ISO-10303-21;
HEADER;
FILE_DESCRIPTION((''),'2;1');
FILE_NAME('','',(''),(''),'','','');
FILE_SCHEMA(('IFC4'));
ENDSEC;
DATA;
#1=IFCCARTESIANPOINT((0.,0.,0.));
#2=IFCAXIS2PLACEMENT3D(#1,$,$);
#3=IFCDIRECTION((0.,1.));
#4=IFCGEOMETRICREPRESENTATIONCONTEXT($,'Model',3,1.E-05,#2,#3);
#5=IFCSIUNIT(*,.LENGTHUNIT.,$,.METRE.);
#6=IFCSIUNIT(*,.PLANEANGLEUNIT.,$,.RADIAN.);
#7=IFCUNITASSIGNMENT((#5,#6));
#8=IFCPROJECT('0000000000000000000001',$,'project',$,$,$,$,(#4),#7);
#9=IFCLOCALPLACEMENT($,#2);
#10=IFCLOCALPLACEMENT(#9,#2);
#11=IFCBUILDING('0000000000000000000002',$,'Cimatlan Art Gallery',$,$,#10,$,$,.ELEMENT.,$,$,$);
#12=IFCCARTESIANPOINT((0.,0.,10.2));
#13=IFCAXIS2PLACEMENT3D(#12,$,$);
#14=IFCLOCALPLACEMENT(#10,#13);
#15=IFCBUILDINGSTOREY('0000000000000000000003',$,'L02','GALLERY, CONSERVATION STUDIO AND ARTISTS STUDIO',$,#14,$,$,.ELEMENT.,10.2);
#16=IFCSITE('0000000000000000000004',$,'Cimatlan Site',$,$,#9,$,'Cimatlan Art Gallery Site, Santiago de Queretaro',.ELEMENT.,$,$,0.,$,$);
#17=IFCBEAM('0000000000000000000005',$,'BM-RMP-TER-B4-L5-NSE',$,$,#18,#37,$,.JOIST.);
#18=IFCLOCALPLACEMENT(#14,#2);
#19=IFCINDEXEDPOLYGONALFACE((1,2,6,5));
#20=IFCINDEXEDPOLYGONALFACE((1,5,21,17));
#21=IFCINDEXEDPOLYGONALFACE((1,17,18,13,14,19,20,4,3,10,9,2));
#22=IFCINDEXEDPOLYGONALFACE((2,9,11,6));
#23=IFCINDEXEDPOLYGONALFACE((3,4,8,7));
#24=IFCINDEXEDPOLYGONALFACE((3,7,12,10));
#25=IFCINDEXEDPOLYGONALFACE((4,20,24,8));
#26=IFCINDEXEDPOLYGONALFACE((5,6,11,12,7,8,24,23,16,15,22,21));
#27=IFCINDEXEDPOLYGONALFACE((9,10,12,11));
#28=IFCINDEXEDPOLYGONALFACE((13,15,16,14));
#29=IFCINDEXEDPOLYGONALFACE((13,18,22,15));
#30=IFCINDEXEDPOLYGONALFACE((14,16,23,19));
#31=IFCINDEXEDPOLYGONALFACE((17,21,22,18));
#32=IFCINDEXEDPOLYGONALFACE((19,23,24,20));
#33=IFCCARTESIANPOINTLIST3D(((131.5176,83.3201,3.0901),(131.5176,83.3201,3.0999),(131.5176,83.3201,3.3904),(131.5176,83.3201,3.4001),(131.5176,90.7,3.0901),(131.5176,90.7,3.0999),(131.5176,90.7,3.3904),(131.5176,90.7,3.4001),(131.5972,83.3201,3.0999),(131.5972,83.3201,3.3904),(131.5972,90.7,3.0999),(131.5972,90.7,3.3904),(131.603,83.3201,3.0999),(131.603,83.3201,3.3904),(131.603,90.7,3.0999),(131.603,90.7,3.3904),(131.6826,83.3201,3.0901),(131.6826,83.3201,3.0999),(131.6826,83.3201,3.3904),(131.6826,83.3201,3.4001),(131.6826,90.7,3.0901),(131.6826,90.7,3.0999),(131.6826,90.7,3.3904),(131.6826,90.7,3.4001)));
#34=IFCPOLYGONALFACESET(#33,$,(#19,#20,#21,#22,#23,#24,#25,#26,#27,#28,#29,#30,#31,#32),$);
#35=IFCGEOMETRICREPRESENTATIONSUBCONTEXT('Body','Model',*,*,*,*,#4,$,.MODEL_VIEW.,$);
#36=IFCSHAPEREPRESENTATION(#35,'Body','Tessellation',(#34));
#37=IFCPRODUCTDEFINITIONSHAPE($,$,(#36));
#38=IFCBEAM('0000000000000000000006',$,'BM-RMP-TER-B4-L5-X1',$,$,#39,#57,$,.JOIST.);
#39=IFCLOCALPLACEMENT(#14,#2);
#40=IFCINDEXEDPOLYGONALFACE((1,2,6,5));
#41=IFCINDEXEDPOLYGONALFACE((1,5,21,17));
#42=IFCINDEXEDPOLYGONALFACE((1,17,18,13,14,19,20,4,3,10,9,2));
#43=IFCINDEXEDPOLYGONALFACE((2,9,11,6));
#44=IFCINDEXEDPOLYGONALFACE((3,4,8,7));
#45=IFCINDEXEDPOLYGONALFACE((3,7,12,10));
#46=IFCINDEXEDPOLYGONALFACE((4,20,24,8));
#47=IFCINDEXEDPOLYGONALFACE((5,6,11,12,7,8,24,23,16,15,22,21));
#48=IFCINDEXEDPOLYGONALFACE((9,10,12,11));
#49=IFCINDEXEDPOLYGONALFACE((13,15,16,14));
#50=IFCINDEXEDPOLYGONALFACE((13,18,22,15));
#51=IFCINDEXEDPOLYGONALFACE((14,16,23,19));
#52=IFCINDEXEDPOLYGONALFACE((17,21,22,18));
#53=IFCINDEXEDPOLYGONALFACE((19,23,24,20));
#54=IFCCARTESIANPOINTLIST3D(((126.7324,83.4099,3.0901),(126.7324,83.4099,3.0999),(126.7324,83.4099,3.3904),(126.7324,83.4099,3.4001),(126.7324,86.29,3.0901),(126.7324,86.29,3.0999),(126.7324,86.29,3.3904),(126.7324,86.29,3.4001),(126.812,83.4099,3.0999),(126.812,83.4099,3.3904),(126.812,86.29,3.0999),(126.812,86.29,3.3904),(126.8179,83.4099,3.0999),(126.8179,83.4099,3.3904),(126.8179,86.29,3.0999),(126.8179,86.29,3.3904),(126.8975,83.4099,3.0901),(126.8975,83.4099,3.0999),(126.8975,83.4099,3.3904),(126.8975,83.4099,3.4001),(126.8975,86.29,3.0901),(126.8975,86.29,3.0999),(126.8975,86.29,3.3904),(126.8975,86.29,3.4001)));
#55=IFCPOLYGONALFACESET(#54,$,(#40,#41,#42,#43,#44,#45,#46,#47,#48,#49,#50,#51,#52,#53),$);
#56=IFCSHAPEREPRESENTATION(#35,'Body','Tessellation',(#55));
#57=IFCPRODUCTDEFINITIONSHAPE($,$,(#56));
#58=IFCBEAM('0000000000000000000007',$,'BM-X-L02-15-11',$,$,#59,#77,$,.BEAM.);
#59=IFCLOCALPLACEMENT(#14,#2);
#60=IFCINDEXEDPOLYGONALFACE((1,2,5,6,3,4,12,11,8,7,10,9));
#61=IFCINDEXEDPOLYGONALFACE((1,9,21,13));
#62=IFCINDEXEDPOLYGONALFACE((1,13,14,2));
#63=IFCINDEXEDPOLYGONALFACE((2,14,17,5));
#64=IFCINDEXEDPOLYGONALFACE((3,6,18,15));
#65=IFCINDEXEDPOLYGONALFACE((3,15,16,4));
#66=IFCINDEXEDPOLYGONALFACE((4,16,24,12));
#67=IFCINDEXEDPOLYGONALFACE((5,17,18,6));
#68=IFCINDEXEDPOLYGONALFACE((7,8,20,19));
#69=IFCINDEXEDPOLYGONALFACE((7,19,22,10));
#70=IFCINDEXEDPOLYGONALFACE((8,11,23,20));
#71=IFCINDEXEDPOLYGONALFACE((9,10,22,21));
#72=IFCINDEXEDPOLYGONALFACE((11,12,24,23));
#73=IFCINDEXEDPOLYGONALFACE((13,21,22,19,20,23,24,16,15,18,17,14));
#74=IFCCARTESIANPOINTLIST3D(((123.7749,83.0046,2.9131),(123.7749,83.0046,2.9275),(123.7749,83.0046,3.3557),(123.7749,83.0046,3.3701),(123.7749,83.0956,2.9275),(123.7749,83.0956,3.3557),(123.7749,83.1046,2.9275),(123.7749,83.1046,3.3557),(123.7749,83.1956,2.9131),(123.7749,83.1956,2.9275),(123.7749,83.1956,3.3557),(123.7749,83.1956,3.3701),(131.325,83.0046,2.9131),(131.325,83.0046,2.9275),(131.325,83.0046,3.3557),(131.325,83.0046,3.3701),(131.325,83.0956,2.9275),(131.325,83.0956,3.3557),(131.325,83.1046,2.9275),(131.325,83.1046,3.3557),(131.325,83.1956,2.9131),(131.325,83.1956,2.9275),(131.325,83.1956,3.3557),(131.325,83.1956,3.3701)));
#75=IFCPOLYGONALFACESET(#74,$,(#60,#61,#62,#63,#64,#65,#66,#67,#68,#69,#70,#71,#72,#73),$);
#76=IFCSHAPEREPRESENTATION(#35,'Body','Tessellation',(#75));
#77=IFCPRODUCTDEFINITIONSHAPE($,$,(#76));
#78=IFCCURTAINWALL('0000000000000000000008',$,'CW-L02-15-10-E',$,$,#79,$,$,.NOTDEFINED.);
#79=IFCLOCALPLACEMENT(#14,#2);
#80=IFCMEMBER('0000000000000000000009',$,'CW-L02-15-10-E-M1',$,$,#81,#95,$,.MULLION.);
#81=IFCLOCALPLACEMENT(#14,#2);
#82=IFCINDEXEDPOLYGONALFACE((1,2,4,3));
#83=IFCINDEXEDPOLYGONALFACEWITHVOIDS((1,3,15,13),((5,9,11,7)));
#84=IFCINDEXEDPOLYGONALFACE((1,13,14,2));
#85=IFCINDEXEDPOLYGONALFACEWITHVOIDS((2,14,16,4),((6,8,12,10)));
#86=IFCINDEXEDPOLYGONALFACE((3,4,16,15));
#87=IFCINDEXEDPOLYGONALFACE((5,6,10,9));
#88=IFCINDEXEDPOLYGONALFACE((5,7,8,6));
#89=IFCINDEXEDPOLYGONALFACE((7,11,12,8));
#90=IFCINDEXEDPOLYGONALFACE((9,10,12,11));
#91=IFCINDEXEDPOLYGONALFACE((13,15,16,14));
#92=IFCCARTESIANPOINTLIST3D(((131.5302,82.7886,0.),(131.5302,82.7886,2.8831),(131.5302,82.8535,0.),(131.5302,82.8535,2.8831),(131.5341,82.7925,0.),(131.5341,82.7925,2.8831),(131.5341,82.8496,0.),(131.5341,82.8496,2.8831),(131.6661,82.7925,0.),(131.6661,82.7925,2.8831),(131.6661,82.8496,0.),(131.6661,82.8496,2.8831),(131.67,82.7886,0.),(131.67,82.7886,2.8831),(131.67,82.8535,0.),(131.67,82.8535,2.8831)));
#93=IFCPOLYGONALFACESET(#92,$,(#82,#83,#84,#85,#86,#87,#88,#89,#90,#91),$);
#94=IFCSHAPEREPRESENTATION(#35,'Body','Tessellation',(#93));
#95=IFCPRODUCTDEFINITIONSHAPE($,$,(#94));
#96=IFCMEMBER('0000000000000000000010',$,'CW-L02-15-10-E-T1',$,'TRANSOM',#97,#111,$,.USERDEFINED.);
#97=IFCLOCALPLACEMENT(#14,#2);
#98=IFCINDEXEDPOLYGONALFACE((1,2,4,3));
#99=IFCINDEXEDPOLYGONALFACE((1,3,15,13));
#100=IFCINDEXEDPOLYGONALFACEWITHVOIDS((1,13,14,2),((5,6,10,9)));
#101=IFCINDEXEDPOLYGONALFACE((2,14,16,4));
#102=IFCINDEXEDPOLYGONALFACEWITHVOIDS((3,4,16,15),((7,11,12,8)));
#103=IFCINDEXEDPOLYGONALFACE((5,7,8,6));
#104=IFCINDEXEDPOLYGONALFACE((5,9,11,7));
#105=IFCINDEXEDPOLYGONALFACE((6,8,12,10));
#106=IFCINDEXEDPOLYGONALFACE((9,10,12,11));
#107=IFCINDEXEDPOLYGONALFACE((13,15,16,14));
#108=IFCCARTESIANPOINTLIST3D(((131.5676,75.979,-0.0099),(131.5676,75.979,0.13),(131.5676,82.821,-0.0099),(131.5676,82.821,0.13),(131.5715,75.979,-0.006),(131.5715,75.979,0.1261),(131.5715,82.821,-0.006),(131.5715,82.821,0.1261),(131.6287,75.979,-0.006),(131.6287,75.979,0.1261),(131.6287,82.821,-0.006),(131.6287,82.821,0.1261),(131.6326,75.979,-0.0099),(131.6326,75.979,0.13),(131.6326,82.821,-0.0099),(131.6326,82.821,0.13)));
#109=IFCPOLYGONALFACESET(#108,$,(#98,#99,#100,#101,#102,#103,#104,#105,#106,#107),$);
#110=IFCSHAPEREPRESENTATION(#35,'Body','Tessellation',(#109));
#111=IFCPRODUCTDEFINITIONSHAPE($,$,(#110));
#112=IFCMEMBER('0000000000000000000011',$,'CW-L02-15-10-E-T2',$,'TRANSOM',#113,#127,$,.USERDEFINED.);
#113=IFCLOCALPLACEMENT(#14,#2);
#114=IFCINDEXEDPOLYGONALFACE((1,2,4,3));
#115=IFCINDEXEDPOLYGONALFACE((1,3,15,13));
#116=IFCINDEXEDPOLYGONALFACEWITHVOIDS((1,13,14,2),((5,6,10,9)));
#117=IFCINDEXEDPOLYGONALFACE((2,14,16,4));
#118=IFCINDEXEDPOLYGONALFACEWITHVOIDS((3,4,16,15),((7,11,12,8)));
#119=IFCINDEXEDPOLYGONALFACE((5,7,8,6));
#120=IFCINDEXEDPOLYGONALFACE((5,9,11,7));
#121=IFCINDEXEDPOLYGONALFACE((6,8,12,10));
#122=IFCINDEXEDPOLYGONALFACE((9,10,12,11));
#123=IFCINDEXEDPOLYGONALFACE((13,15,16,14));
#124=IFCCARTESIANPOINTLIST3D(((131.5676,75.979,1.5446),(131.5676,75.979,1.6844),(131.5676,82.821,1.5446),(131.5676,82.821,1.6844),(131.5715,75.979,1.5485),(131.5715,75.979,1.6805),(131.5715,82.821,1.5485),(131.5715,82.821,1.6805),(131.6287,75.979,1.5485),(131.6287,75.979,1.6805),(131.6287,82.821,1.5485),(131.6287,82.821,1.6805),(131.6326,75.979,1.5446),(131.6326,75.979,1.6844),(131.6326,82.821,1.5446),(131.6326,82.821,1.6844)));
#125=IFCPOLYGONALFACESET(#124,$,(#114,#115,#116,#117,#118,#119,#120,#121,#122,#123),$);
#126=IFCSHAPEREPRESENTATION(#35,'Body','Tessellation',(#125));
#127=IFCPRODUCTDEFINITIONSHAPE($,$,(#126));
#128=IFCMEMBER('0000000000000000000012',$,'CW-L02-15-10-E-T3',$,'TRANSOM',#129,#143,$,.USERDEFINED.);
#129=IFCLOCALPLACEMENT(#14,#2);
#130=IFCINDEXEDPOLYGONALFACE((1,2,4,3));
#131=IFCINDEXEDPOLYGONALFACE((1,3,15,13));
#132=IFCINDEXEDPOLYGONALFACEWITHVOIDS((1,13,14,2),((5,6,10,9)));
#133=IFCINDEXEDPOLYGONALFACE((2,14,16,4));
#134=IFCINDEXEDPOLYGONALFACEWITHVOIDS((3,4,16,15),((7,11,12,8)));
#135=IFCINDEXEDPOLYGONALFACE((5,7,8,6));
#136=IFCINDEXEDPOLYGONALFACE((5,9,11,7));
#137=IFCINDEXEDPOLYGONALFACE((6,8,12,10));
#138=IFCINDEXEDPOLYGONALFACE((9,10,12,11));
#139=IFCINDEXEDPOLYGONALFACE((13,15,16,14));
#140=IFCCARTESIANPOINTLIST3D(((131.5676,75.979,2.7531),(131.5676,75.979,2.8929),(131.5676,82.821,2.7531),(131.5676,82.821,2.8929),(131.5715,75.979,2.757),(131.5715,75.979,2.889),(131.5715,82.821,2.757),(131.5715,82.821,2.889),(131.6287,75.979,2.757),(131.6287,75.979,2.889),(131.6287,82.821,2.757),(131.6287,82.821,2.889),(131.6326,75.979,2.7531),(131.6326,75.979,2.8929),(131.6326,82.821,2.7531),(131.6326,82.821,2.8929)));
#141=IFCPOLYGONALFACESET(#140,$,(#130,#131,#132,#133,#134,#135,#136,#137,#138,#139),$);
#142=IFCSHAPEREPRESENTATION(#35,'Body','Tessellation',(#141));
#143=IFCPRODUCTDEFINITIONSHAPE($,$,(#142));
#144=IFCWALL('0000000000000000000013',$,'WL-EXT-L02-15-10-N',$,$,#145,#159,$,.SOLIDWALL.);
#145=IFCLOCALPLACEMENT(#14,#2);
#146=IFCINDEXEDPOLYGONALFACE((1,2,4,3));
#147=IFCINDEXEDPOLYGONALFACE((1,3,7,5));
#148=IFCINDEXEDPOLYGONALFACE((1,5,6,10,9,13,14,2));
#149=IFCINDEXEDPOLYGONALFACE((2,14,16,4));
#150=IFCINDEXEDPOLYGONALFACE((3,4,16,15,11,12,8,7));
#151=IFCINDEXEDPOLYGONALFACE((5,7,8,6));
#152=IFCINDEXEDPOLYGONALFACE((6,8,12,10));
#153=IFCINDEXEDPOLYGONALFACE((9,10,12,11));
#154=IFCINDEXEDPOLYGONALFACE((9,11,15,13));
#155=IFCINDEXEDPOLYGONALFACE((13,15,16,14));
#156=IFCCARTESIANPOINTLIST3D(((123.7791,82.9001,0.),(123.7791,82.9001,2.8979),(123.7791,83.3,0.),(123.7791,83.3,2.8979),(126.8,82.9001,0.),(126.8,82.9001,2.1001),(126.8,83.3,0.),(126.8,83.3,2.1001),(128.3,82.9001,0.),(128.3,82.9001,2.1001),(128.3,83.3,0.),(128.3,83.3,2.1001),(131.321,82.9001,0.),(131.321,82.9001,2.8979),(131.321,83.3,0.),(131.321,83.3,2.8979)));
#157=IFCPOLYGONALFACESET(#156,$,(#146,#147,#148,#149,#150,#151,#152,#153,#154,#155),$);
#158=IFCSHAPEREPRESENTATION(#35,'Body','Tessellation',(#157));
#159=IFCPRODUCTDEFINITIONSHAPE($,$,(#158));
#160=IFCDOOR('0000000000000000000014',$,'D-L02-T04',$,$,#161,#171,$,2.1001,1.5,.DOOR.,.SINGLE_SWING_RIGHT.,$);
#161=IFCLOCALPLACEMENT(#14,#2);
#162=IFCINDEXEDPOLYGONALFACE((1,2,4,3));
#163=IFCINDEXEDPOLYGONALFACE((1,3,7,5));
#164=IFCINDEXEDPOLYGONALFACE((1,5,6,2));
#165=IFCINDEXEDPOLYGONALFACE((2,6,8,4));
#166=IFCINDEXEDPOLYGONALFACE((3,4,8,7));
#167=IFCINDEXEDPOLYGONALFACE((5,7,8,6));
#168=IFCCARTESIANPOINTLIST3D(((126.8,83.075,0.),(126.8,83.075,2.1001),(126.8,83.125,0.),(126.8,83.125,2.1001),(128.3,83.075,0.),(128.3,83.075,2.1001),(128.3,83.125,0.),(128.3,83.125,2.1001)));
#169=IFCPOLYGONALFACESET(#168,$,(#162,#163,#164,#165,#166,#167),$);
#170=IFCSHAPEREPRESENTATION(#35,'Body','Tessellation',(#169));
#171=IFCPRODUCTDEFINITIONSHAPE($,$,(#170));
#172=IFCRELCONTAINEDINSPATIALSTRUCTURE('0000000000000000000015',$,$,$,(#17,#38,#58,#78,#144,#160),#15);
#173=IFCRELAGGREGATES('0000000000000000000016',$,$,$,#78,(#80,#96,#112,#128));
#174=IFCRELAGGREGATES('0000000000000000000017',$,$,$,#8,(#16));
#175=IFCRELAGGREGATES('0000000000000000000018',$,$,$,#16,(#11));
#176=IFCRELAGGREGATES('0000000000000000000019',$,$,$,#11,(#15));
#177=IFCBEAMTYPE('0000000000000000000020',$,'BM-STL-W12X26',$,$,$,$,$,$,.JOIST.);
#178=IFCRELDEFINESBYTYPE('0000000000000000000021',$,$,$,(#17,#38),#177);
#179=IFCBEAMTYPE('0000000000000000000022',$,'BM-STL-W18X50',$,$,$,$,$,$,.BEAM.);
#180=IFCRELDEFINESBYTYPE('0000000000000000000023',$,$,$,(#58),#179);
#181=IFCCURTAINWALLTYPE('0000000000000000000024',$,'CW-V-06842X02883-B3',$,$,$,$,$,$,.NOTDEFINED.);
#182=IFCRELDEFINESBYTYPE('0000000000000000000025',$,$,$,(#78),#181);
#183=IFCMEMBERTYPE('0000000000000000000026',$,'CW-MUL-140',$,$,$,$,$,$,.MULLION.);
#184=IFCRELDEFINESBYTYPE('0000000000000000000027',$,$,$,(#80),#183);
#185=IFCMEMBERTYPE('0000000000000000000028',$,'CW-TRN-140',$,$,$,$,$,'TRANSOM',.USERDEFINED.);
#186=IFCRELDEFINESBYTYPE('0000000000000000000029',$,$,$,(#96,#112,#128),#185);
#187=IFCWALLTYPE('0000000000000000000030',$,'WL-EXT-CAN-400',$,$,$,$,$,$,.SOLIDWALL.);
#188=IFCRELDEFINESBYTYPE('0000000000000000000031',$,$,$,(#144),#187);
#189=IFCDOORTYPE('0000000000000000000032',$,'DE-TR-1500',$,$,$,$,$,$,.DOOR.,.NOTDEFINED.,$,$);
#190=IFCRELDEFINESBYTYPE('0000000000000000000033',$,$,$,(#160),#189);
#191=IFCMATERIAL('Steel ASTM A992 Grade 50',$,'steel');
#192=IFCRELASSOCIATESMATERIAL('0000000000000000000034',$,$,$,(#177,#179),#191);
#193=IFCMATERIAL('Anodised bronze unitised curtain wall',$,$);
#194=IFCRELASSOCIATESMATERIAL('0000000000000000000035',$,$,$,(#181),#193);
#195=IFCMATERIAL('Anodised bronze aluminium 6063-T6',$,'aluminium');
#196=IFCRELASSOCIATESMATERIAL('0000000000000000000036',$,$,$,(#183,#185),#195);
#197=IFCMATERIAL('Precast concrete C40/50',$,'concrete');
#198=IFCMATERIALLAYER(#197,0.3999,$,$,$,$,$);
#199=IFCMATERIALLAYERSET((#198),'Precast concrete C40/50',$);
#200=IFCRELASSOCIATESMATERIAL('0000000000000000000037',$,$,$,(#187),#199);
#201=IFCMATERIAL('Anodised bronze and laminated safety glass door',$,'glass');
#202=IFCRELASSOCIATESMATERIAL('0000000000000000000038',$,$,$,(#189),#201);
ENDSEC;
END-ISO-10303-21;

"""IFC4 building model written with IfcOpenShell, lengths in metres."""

from ifc_helpers import new_model, si_unit, direction, frame, frame_2d, origin, origin_2d, place, context, subcontext, project, spatial, rectangle, hollow_rectangle, i_section, extrude, material, layer, layer_set, material_profile, profile_set, type_object, element, fill, aggregate, save


model = new_model("IFC4")

# Units and contexts
model_context = context("Model", 3, precision=1e-05, world=origin(), true_north=direction((0.0, 1.0)))
body_context = subcontext(model_context, "Body", "Model", "MODEL_VIEW")
ifc_project = project(units=[si_unit("LENGTHUNIT", "METRE"), si_unit("PLANEANGLEUNIT", "RADIAN")], contexts=[model_context])

# Site, building, storey
site_placement = place(None, origin())
site = spatial("IfcSite", under=ifc_project, at=site_placement, Name="Cimatlan Site", LongName="Cimatlan Art Gallery Site, Santiago de Queretaro", CompositionType="ELEMENT", RefElevation=0.0)
building_placement = place(site_placement, origin())
building = spatial("IfcBuilding", under=site, at=building_placement, Name="Cimatlan Art Gallery", CompositionType="ELEMENT")
storey_placement = place(building_placement, frame((0.0, 0.0, 10.2)))
storey = spatial("IfcBuildingStorey", under=building, at=storey_placement, Name="L02", Description="GALLERY, CONSERVATION STUDIO AND ARTISTS STUDIO", CompositionType="ELEMENT", Elevation=10.2)

# Shared definitions
ifc_material_1 = material(Name="Steel ASTM A992 Grade 50", Category="steel")

# Beams
ifc_material_profile_1 = material_profile(ifc_material_1, i_section(OverallWidth=0.165, OverallDepth=0.3101, WebThickness=0.0059, FlangeThickness=0.0098, at=origin_2d()), Name="W12X26")
ifc_profile_set_1 = profile_set([ifc_material_profile_1], Name="Steel ASTM A992 Grade 50")
beam_type_1 = type_object("IfcBeamType", Name="BM-STL-W12X26", PredefinedType="JOIST", material=ifc_profile_set_1)
for number, where, z_axis, x_axis, name in (
    (1, (131.6001, 83.3201, 3.2451), (0.0, 1.0, 0.0), (-1.0, 0.0, 0.0), "BM-RMP-TER-B4-L5-NSE"),
):
    element("IfcBeam", number, at=place(storey_placement, frame(where, z_axis=z_axis, x_axis=x_axis)), inside=storey, type_object=beam_type_1, Name=name, PredefinedType="JOIST", context=body_context, shape_type="SweptSolid", body=[
        extrude(i_section(OverallWidth=0.165, OverallDepth=0.3101, WebThickness=0.0059, FlangeThickness=0.0098, at=origin_2d()), origin(), (0.0, 0.0, 1.0), 7.3799),
    ])
beam_1_placement = place(storey_placement, frame((126.8149, 83.4099, 3.2451), z_axis=(0.0, 1.0, 0.0), x_axis=(-1.0, 0.0, 0.0)))
element("IfcBeam", 2, at=beam_1_placement, inside=storey, type_object=beam_type_1, Name="BM-RMP-TER-B4-L5-X1", PredefinedType="JOIST", context=body_context, shape_type="SweptSolid", body=[
    extrude(i_section(OverallWidth=0.165, OverallDepth=0.3101, WebThickness=0.0059, FlangeThickness=0.0098, at=origin_2d()), origin(), (0.0, 0.0, 1.0), 2.8801),
])
ifc_material_profile_2 = material_profile(ifc_material_1, i_section(OverallWidth=0.1909, OverallDepth=0.457, WebThickness=0.009, FlangeThickness=0.0144, at=origin_2d()), Name="W18X50")
ifc_profile_set_2 = profile_set([ifc_material_profile_2], Name="Steel ASTM A992 Grade 50")
beam_type_2 = type_object("IfcBeamType", Name="BM-STL-W18X50", PredefinedType="BEAM", material=ifc_profile_set_2)
beam_2_placement = place(storey_placement, frame((123.7749, 83.1001, 3.1416), z_axis=(1.0, 0.0, 0.0), x_axis=(0.0, 1.0, 0.0)))
element("IfcBeam", 3, at=beam_2_placement, inside=storey, type_object=beam_type_2, Name="BM-X-L02-15-11", PredefinedType="BEAM", context=body_context, shape_type="SweptSolid", body=[
    extrude(i_section(OverallWidth=0.1909, OverallDepth=0.457, WebThickness=0.009, FlangeThickness=0.0144, at=origin_2d()), origin(), (0.0, 0.0, 1.0), 7.55),
])

# Curtain wall, members
ifc_material_2 = material(Name="Anodised bronze unitised curtain wall")
curtain_wall_type = type_object("IfcCurtainWallType", Name="CW-V-06842X02883-B3", PredefinedType="NOTDEFINED", material=ifc_material_2)
curtain_wall_placement = place(storey_placement, origin())
curtain_wall = element("IfcCurtainWall", 4, at=curtain_wall_placement, inside=storey, type_object=curtain_wall_type, Name="CW-L02-15-10-E", PredefinedType="NOTDEFINED")
ifc_material_3 = material(Name="Anodised bronze aluminium 6063-T6", Category="aluminium")
ifc_material_profile_3 = material_profile(ifc_material_3, hollow_rectangle(XDim=0.0649, YDim=0.1399, WallThickness=0.0039, at=origin_2d()), Name="ALU65X140X4")
ifc_profile_set_3 = profile_set([ifc_material_profile_3], Name="Anodised bronze aluminium 6063-T6")
member_type_1 = type_object("IfcMemberType", Name="CW-MUL-140", PredefinedType="MULLION", material=ifc_profile_set_3)
member_1_placement = place(storey_placement, frame((131.6001, 82.821, 0.0), z_axis=(0.0, 0.0, 1.0), x_axis=(0.0, 1.0, 0.0)))
member_1 = element("IfcMember", 5, at=member_1_placement, type_object=member_type_1, Name="CW-L02-15-10-E-M1", PredefinedType="MULLION", context=body_context, shape_type="SweptSolid", body=[
    extrude(hollow_rectangle(XDim=0.0649, YDim=0.1399, WallThickness=0.0039, at=origin_2d()), origin(), (0.0, 0.0, 1.0), 2.8831),
])
ifc_material_profile_4 = material_profile(ifc_material_3, hollow_rectangle(XDim=0.0649, YDim=0.1399, WallThickness=0.0039, at=origin_2d()), Name="ALU65X140X4")
ifc_profile_set_4 = profile_set([ifc_material_profile_4], Name="Anodised bronze aluminium 6063-T6")
member_type_2 = type_object("IfcMemberType", Name="CW-TRN-140", ElementType="TRANSOM", PredefinedType="USERDEFINED", material=ifc_profile_set_4)
member_2_placement = place(storey_placement, frame((131.6001, 82.821, 0.0601), z_axis=(0.0, -1.0, 0.0), x_axis=(1.0, 0.0, 0.0)))
member_2 = element("IfcMember", 6, at=member_2_placement, type_object=member_type_2, Name="CW-L02-15-10-E-T1", ObjectType="TRANSOM", PredefinedType="USERDEFINED", context=body_context, shape_type="SweptSolid", body=[
    extrude(hollow_rectangle(XDim=0.0649, YDim=0.1399, WallThickness=0.0039, at=origin_2d()), origin(), (0.0, 0.0, 1.0), 6.842),
])
member_3_placement = place(storey_placement, frame((131.6001, 82.821, 1.6145), z_axis=(0.0, -1.0, 0.0), x_axis=(1.0, 0.0, 0.0)))
member_3 = element("IfcMember", 7, at=member_3_placement, type_object=member_type_2, Name="CW-L02-15-10-E-T2", ObjectType="TRANSOM", PredefinedType="USERDEFINED", context=body_context, shape_type="SweptSolid", body=[
    extrude(hollow_rectangle(XDim=0.0649, YDim=0.1399, WallThickness=0.0039, at=origin_2d()), origin(), (0.0, 0.0, 1.0), 6.842),
])
member_4_placement = place(storey_placement, frame((131.6001, 82.821, 2.823), z_axis=(0.0, -1.0, 0.0), x_axis=(1.0, 0.0, 0.0)))
member_4 = element("IfcMember", 8, at=member_4_placement, type_object=member_type_2, Name="CW-L02-15-10-E-T3", ObjectType="TRANSOM", PredefinedType="USERDEFINED", context=body_context, shape_type="SweptSolid", body=[
    extrude(hollow_rectangle(XDim=0.0649, YDim=0.1399, WallThickness=0.0039, at=origin_2d()), origin(), (0.0, 0.0, 1.0), 6.842),
])
aggregate(curtain_wall, [member_1, member_2, member_3, member_4])

# Wall, opening, door
ifc_material_4 = material(Name="Precast concrete C40/50", Category="concrete")
ifc_layer_1 = layer(ifc_material_4, 0.3999)
ifc_layer_set_1 = layer_set([ifc_layer_1], Name="Precast concrete C40/50")
wall_type = type_object("IfcWallType", Name="WL-EXT-CAN-400", PredefinedType="SOLIDWALL", material=ifc_layer_set_1)
wall_placement = place(storey_placement, frame((123.7791, 83.1001, 0.0), z_axis=(0.0, 0.0, 1.0), x_axis=(1.0, 0.0, 0.0)))
wall = element("IfcWall", 9, at=wall_placement, inside=storey, type_object=wall_type, Name="WL-EXT-L02-15-10-N", PredefinedType="SOLIDWALL", context=body_context, shape_type="SweptSolid", body=[
    extrude(rectangle(XDim=7.542, YDim=0.3999, at=frame_2d((3.771, 0.0))), origin(), (0.0, 0.0, 1.0), 2.8979),
])
opening_placement = place(wall_placement, frame((3.021, 0.0, 0.0)))
opening = element("IfcOpeningElement", 10, at=opening_placement, cuts=wall, PredefinedType="OPENING", context=body_context, shape_type="SweptSolid", body=[
    extrude(rectangle(XDim=1.5, YDim=2.1001, at=frame_2d((0.75, 1.05))), frame((0.0, 0.21, 0.0), z_axis=(0.0, -1.0, 0.0), x_axis=(1.0, 0.0, 0.0)), (0.0, 0.0, 1.0), 0.4199),
])
ifc_material_5 = material(Name="Anodised bronze and laminated safety glass door", Category="glass")
door_type = type_object("IfcDoorType", Name="DE-TR-1500", OperationType="NOTDEFINED", PredefinedType="DOOR", material=ifc_material_5)
door_placement = place(opening_placement, origin())
door = element("IfcDoor", 11, at=door_placement, inside=storey, type_object=door_type, Name="D-L02-T04", OperationType="SINGLE_SWING_RIGHT", OverallHeight=2.1001, OverallWidth=1.5, PredefinedType="DOOR", context=body_context, shape_type="SweptSolid", body=[
    extrude(rectangle(XDim=1.5, YDim=2.1001, at=frame_2d((0.75, 1.05))), frame((0.0, 0.0249, 0.0), z_axis=(0.0, -1.0, 0.0), x_axis=(1.0, 0.0, 0.0)), (0.0, 0.0, 1.0), 0.05),
])
fill(opening, door)

save(model, "model.ifc")
